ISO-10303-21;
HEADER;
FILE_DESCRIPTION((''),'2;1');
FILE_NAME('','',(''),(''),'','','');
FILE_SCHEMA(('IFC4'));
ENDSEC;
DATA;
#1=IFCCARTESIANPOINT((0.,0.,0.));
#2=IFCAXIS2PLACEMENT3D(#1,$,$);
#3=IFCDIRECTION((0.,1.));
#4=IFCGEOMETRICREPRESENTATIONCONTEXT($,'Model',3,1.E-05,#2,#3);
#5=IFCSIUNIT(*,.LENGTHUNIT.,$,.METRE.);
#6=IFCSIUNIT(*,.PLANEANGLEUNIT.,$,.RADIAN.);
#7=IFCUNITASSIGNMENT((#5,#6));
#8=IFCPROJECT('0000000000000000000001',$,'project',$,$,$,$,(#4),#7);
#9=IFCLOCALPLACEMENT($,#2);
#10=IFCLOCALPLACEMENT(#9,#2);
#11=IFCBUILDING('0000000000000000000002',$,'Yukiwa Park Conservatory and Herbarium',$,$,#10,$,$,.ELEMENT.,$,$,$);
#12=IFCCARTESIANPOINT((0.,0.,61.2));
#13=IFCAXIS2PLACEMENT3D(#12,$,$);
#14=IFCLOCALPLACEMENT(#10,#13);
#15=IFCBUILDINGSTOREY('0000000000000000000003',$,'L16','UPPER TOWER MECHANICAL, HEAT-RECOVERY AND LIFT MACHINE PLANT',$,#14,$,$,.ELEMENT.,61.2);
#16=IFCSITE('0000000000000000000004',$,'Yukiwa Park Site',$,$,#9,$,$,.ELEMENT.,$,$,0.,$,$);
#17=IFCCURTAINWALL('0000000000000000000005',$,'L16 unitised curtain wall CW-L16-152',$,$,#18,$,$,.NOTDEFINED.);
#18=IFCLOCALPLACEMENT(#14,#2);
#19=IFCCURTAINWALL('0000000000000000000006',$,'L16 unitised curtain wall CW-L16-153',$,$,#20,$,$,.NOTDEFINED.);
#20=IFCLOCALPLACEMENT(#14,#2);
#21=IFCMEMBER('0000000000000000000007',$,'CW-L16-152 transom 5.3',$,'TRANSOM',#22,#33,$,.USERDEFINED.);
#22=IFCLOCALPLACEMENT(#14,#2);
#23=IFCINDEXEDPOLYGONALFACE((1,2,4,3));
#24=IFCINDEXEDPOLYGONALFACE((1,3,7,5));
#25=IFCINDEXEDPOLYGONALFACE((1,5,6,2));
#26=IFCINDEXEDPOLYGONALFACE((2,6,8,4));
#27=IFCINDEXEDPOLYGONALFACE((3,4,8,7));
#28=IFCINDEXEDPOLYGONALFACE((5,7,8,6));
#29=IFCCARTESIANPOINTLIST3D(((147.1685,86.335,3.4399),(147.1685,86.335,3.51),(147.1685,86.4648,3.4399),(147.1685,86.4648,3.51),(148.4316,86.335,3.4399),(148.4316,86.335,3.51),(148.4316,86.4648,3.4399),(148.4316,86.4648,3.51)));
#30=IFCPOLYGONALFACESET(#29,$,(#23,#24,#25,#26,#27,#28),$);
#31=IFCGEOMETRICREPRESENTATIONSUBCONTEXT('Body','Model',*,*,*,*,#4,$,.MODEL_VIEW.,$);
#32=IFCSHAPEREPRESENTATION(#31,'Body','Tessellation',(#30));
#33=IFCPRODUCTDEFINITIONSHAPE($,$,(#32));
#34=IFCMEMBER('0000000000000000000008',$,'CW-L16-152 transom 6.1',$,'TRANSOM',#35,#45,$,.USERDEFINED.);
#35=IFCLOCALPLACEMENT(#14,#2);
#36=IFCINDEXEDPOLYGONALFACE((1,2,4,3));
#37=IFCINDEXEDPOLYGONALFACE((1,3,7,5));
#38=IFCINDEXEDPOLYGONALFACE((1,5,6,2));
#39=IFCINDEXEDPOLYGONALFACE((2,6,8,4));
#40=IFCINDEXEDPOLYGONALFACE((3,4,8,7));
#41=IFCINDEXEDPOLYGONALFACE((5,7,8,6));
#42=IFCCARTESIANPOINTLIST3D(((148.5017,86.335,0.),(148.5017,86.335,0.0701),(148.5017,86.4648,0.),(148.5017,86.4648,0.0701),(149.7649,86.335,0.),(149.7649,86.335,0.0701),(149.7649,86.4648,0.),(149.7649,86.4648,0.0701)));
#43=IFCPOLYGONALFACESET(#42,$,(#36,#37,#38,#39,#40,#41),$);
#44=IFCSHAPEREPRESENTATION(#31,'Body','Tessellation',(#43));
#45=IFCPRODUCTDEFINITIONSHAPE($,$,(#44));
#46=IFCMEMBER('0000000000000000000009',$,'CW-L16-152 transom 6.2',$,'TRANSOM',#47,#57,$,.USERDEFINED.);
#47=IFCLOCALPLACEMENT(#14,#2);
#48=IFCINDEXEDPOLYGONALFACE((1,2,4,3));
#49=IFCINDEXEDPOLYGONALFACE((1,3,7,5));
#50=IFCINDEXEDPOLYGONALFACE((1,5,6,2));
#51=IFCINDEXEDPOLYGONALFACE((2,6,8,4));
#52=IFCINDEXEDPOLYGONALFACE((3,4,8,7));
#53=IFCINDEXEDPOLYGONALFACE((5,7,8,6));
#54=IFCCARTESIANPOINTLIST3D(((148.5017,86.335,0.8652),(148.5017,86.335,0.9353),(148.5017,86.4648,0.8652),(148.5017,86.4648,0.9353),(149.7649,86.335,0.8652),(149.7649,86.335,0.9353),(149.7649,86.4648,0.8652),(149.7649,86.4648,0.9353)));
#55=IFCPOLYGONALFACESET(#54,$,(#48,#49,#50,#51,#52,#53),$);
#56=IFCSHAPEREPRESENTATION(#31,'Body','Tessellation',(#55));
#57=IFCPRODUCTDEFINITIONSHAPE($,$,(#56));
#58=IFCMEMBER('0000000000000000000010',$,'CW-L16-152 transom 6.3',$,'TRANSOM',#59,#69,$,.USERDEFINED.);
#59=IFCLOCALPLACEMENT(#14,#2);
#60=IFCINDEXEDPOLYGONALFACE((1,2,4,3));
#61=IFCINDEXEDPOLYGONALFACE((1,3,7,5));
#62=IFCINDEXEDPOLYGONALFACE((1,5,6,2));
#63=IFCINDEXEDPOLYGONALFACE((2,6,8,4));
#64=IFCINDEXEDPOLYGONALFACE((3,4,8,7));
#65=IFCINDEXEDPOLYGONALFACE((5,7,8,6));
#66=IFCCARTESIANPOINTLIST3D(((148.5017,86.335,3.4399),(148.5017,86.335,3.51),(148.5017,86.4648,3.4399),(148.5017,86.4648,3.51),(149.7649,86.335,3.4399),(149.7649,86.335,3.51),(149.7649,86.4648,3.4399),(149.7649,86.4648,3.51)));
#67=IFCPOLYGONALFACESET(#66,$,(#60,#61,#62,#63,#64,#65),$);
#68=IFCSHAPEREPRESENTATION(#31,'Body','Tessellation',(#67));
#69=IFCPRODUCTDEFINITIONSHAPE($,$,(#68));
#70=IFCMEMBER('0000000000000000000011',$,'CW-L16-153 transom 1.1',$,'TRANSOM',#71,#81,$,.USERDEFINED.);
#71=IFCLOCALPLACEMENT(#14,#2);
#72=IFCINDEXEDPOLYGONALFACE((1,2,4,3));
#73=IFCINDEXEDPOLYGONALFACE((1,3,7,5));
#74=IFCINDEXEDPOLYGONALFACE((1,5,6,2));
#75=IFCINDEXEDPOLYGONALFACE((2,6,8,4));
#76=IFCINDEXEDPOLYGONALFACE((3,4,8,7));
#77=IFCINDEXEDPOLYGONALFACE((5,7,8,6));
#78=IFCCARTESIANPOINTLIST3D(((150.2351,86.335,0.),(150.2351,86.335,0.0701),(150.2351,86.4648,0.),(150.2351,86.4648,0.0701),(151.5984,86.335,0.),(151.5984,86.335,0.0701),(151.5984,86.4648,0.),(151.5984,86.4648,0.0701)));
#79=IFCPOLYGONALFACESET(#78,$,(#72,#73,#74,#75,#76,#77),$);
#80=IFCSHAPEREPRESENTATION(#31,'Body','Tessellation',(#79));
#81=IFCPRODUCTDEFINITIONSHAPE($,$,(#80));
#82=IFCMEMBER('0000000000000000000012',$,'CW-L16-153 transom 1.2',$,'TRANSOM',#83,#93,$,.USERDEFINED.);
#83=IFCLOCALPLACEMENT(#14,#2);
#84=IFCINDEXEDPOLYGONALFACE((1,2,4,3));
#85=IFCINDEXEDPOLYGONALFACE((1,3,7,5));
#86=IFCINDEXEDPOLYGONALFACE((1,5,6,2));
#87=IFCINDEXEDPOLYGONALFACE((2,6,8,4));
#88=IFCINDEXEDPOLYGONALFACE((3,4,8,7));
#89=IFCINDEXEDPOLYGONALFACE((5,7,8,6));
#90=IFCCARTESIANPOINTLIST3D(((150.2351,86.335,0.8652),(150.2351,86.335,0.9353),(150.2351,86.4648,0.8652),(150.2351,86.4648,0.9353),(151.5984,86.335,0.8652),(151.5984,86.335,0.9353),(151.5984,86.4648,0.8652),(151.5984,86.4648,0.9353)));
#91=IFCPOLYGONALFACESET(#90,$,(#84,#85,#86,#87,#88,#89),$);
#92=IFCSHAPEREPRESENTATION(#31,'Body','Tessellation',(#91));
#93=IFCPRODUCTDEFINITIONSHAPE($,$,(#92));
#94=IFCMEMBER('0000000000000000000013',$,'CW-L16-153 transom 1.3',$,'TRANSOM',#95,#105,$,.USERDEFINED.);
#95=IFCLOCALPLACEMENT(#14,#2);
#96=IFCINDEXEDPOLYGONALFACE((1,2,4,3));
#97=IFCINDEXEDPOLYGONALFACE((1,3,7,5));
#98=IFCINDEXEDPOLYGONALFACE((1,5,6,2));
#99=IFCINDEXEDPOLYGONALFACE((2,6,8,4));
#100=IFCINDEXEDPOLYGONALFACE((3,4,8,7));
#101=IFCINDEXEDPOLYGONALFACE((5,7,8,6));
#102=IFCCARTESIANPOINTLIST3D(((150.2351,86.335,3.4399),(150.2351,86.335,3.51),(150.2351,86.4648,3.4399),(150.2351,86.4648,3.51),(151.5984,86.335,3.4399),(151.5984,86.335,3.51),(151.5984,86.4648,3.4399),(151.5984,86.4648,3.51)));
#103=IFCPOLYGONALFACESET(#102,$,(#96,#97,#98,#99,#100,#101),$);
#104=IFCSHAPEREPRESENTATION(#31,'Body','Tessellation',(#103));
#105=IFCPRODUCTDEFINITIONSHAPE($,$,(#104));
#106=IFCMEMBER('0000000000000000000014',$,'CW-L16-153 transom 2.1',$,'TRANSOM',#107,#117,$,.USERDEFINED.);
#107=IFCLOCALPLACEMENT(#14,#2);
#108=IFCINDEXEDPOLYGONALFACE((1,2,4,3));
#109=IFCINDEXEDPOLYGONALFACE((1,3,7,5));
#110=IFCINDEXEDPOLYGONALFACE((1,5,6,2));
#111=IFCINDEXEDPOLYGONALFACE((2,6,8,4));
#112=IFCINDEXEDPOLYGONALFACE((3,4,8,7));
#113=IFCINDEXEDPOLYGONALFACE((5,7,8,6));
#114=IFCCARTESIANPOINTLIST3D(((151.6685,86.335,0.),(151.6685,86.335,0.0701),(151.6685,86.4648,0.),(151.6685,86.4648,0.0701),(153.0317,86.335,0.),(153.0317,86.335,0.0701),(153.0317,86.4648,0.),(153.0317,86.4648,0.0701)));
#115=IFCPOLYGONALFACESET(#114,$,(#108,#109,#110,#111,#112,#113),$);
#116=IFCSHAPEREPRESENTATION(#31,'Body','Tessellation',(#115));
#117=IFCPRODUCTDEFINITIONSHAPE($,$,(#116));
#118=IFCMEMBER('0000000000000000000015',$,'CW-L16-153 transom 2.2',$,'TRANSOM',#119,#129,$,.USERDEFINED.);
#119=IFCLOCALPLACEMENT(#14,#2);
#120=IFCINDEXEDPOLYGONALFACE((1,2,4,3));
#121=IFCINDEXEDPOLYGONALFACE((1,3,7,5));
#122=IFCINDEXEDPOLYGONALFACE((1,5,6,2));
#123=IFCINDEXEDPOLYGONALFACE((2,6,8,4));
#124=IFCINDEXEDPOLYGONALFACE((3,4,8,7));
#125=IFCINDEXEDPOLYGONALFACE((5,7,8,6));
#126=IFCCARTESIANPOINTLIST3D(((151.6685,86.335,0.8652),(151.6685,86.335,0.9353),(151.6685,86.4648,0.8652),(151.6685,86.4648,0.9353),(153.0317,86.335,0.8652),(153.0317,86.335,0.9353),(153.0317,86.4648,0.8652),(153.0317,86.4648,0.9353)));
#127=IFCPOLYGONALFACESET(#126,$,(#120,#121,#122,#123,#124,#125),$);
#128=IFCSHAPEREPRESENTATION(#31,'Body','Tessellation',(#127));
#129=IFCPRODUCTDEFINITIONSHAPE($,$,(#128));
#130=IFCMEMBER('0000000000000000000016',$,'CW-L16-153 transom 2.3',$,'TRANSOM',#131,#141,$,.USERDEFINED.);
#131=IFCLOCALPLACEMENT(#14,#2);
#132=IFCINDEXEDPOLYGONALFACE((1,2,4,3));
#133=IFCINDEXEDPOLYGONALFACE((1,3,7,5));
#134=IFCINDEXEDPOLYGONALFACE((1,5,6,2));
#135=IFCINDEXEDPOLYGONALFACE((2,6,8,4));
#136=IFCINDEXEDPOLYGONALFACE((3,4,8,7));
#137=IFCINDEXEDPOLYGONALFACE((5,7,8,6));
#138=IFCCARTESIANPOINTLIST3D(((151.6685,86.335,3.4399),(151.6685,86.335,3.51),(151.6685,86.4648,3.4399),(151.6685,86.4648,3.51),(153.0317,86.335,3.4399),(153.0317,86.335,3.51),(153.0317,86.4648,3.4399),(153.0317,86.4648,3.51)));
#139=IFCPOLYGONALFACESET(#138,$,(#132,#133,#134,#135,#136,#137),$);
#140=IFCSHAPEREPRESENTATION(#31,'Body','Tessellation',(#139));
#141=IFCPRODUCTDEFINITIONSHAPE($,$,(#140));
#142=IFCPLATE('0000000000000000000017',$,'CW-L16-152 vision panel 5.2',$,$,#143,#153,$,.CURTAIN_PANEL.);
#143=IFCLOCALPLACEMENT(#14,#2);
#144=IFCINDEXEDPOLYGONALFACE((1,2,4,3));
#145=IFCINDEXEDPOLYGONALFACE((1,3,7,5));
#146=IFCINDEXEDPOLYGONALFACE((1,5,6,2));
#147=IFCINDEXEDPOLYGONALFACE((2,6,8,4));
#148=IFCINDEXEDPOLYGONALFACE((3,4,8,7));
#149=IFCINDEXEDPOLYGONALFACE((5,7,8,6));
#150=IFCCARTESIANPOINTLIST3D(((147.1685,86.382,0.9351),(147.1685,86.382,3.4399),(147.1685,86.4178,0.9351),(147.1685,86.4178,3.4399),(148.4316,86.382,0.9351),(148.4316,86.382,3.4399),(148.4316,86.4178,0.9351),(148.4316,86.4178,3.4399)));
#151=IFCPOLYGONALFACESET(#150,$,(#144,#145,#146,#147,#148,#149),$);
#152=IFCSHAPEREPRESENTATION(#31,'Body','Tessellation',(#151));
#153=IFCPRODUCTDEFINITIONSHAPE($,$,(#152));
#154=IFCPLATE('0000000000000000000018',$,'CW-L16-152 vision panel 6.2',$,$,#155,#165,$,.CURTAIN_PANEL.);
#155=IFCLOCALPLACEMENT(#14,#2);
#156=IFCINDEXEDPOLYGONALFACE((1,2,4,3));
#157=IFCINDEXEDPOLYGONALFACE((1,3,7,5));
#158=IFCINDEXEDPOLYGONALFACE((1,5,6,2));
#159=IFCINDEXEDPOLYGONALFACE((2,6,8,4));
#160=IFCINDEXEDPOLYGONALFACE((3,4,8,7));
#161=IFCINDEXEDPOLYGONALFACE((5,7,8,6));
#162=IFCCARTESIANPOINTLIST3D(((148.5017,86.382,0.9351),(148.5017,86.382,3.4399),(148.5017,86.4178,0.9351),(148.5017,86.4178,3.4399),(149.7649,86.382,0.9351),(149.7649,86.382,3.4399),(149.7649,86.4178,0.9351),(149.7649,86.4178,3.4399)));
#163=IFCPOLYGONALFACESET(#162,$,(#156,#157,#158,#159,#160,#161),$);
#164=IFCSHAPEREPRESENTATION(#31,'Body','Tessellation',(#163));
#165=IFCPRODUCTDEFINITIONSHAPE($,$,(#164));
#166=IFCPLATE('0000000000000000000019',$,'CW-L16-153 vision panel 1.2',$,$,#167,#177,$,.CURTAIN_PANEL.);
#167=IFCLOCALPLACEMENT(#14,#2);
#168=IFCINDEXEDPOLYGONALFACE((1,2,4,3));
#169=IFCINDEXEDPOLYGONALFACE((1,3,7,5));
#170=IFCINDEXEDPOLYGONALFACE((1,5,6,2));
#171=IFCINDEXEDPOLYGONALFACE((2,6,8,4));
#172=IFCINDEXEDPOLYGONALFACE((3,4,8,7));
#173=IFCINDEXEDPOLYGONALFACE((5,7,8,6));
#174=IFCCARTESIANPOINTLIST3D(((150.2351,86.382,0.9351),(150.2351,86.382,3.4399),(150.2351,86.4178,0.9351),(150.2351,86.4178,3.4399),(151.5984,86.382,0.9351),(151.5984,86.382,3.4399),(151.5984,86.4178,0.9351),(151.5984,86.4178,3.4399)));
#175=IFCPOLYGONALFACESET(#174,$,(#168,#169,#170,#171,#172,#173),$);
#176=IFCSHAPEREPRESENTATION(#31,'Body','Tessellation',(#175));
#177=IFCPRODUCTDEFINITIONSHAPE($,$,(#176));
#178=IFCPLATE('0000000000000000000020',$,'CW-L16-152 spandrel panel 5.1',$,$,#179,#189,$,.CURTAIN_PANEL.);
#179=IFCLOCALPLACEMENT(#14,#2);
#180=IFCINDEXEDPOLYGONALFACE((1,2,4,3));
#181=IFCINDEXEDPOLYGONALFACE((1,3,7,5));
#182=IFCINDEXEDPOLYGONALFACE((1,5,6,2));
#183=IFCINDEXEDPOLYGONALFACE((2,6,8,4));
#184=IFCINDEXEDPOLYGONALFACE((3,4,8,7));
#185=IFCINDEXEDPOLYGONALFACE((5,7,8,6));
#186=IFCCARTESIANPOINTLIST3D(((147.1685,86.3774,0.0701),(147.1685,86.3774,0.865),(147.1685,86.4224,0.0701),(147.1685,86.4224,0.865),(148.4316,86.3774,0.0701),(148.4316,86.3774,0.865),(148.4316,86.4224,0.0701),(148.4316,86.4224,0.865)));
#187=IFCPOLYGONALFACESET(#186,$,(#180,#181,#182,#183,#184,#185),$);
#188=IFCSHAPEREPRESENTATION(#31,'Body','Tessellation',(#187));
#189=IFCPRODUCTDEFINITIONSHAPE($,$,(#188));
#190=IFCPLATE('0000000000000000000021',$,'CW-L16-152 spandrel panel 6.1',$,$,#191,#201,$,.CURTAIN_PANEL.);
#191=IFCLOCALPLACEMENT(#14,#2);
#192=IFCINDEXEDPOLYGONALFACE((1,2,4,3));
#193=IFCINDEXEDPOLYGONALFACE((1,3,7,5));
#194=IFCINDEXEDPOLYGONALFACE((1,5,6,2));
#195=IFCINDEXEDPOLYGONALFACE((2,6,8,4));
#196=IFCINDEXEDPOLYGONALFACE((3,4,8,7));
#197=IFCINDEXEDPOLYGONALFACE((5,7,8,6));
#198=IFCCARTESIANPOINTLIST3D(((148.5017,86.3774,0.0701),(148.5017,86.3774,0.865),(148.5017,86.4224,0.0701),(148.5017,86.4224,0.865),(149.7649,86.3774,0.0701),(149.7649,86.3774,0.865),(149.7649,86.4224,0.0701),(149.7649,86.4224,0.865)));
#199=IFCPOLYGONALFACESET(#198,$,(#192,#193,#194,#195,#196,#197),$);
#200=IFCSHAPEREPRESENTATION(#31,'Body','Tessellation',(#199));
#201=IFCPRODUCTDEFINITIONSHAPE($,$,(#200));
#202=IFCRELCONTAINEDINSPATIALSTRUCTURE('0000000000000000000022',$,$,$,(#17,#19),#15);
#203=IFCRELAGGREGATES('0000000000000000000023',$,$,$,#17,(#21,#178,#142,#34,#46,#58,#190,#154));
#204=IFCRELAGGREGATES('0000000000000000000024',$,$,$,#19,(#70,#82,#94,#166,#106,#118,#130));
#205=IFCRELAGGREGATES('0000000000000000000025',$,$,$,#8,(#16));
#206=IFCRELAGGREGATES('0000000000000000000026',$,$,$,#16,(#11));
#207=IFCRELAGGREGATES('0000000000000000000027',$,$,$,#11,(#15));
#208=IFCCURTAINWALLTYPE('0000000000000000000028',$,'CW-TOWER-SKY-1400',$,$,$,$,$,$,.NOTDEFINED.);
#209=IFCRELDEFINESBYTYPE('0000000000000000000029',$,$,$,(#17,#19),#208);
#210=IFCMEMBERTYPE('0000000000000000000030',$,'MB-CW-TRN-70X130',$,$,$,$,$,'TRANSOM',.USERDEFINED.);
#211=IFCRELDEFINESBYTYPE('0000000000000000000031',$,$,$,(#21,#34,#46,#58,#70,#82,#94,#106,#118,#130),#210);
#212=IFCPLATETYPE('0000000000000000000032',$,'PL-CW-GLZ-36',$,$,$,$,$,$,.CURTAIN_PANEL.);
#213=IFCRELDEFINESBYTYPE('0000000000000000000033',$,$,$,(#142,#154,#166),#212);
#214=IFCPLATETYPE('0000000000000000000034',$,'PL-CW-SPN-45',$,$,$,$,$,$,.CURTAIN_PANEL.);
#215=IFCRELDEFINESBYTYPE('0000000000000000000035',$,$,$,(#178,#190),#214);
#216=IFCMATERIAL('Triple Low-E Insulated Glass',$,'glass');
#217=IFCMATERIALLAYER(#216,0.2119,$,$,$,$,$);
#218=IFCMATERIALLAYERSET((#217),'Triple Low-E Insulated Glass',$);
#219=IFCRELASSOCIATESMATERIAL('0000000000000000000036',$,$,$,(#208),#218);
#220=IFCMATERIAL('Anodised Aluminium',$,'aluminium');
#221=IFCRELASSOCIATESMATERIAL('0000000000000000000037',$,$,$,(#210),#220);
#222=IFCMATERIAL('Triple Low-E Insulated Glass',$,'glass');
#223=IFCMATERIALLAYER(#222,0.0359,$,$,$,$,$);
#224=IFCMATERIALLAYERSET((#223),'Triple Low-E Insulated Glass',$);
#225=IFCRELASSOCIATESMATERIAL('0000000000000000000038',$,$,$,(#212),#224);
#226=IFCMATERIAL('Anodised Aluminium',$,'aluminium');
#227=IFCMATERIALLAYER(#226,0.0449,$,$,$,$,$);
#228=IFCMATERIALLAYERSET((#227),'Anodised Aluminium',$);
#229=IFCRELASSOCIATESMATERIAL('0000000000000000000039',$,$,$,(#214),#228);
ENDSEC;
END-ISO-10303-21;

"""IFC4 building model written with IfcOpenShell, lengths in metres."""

from ifc_helpers import new_model, si_unit, direction, frame, origin, origin_2d, place, context, subcontext, project, spatial, rectangle, extrude, material, layer, layer_set, type_object, element, aggregate, save


model = new_model("IFC4")

# Units and contexts
model_context = context("Model", 3, precision=1e-05, world=origin(), true_north=direction((0.0, 1.0)))
body_context = subcontext(model_context, "Body", "Model", "MODEL_VIEW")
ifc_project = project(units=[si_unit("LENGTHUNIT", "METRE"), si_unit("PLANEANGLEUNIT", "RADIAN")], contexts=[model_context])

# Site, building, storey
site_placement = place(None, origin())
site = spatial("IfcSite", under=ifc_project, at=site_placement, Name="Yukiwa Park Site", CompositionType="ELEMENT", RefElevation=0.0)
building_placement = place(site_placement, origin())
building = spatial("IfcBuilding", under=site, at=building_placement, Name="Yukiwa Park Conservatory and Herbarium", CompositionType="ELEMENT")
storey_placement = place(building_placement, frame((0.0, 0.0, 61.2)))
storey = spatial("IfcBuildingStorey", under=building, at=storey_placement, Name="L16", Description="UPPER TOWER MECHANICAL, HEAT-RECOVERY AND LIFT MACHINE PLANT", CompositionType="ELEMENT", Elevation=61.2)

# Curtain walls
ifc_material_1 = material(Name="Triple Low-E Insulated Glass", Category="glass")
ifc_layer_1 = layer(ifc_material_1, 0.2119)
ifc_layer_set_1 = layer_set([ifc_layer_1], Name="Triple Low-E Insulated Glass")
curtain_wall_type = type_object("IfcCurtainWallType", Name="CW-TOWER-SKY-1400", PredefinedType="NOTDEFINED", material=ifc_layer_set_1)
curtain_wall_1_placement = place(storey_placement, origin())
curtain_wall_1 = element("IfcCurtainWall", 1, at=curtain_wall_1_placement, inside=storey, type_object=curtain_wall_type, Name="L16 unitised curtain wall CW-L16-152", PredefinedType="NOTDEFINED")
curtain_wall_2_placement = place(storey_placement, origin())
curtain_wall_2 = element("IfcCurtainWall", 2, at=curtain_wall_2_placement, inside=storey, type_object=curtain_wall_type, Name="L16 unitised curtain wall CW-L16-153", PredefinedType="NOTDEFINED")

# Members
ifc_material_2 = material(Name="Anodised Aluminium", Category="aluminium")
member_type_1 = type_object("IfcMemberType", Name="MB-CW-TRN-70X130", ElementType="TRANSOM", PredefinedType="USERDEFINED", material=ifc_material_2)
member_1_placement = place(storey_placement, frame((147.8, 86.3999, 3.4399), z_axis=(0.0, 0.0, 1.0), x_axis=(1.0, 0.0, 0.0)))
member_1 = element("IfcMember", 3, at=member_1_placement, type_object=member_type_1, Name="CW-L16-152 transom 5.3", ObjectType="TRANSOM", PredefinedType="USERDEFINED", context=body_context, shape_type="SweptSolid", body=[
    extrude(rectangle(XDim=1.2632, YDim=0.1299, at=origin_2d()), origin(), (0.0, 0.0, 1.0), 0.0701),
])
member_2_placement = place(storey_placement, frame((149.1333, 86.3999, 0.0), z_axis=(0.0, 0.0, 1.0), x_axis=(1.0, 0.0, 0.0)))
member_2 = element("IfcMember", 4, at=member_2_placement, type_object=member_type_1, Name="CW-L16-152 transom 6.1", ObjectType="TRANSOM", PredefinedType="USERDEFINED", context=body_context, shape_type="SweptSolid", body=[
    extrude(rectangle(XDim=1.2632, YDim=0.1299, at=origin_2d()), origin(), (0.0, 0.0, 1.0), 0.0701),
])
member_3_placement = place(storey_placement, frame((149.1333, 86.3999, 0.8652), z_axis=(0.0, 0.0, 1.0), x_axis=(1.0, 0.0, 0.0)))
member_3 = element("IfcMember", 5, at=member_3_placement, type_object=member_type_1, Name="CW-L16-152 transom 6.2", ObjectType="TRANSOM", PredefinedType="USERDEFINED", context=body_context, shape_type="SweptSolid", body=[
    extrude(rectangle(XDim=1.2632, YDim=0.1299, at=origin_2d()), origin(), (0.0, 0.0, 1.0), 0.0701),
])
member_4_placement = place(storey_placement, frame((149.1333, 86.3999, 3.4399), z_axis=(0.0, 0.0, 1.0), x_axis=(1.0, 0.0, 0.0)))
member_4 = element("IfcMember", 6, at=member_4_placement, type_object=member_type_1, Name="CW-L16-152 transom 6.3", ObjectType="TRANSOM", PredefinedType="USERDEFINED", context=body_context, shape_type="SweptSolid", body=[
    extrude(rectangle(XDim=1.2632, YDim=0.1299, at=origin_2d()), origin(), (0.0, 0.0, 1.0), 0.0701),
])
member_5_placement = place(storey_placement, frame((150.9167, 86.3999, 0.0), z_axis=(0.0, 0.0, 1.0), x_axis=(1.0, 0.0, 0.0)))
member_5 = element("IfcMember", 7, at=member_5_placement, type_object=member_type_1, Name="CW-L16-153 transom 1.1", ObjectType="TRANSOM", PredefinedType="USERDEFINED", context=body_context, shape_type="SweptSolid", body=[
    extrude(rectangle(XDim=1.3633, YDim=0.1299, at=origin_2d()), origin(), (0.0, 0.0, 1.0), 0.0701),
])
member_6_placement = place(storey_placement, frame((150.9167, 86.3999, 0.8652), z_axis=(0.0, 0.0, 1.0), x_axis=(1.0, 0.0, 0.0)))
member_6 = element("IfcMember", 8, at=member_6_placement, type_object=member_type_1, Name="CW-L16-153 transom 1.2", ObjectType="TRANSOM", PredefinedType="USERDEFINED", context=body_context, shape_type="SweptSolid", body=[
    extrude(rectangle(XDim=1.3633, YDim=0.1299, at=origin_2d()), origin(), (0.0, 0.0, 1.0), 0.0701),
])
member_7_placement = place(storey_placement, frame((150.9167, 86.3999, 3.4399), z_axis=(0.0, 0.0, 1.0), x_axis=(1.0, 0.0, 0.0)))
member_7 = element("IfcMember", 9, at=member_7_placement, type_object=member_type_1, Name="CW-L16-153 transom 1.3", ObjectType="TRANSOM", PredefinedType="USERDEFINED", context=body_context, shape_type="SweptSolid", body=[
    extrude(rectangle(XDim=1.3633, YDim=0.1299, at=origin_2d()), origin(), (0.0, 0.0, 1.0), 0.0701),
])
member_8_placement = place(storey_placement, frame((152.3501, 86.3999, 0.0), z_axis=(0.0, 0.0, 1.0), x_axis=(1.0, 0.0, 0.0)))
member_8 = element("IfcMember", 10, at=member_8_placement, type_object=member_type_1, Name="CW-L16-153 transom 2.1", ObjectType="TRANSOM", PredefinedType="USERDEFINED", context=body_context, shape_type="SweptSolid", body=[
    extrude(rectangle(XDim=1.3633, YDim=0.1299, at=origin_2d()), origin(), (0.0, 0.0, 1.0), 0.0701),
])
member_9_placement = place(storey_placement, frame((152.3501, 86.3999, 0.8652), z_axis=(0.0, 0.0, 1.0), x_axis=(1.0, 0.0, 0.0)))
member_9 = element("IfcMember", 11, at=member_9_placement, type_object=member_type_1, Name="CW-L16-153 transom 2.2", ObjectType="TRANSOM", PredefinedType="USERDEFINED", context=body_context, shape_type="SweptSolid", body=[
    extrude(rectangle(XDim=1.3633, YDim=0.1299, at=origin_2d()), origin(), (0.0, 0.0, 1.0), 0.0701),
])
member_10_placement = place(storey_placement, frame((152.3501, 86.3999, 3.4399), z_axis=(0.0, 0.0, 1.0), x_axis=(1.0, 0.0, 0.0)))
member_10 = element("IfcMember", 12, at=member_10_placement, type_object=member_type_1, Name="CW-L16-153 transom 2.3", ObjectType="TRANSOM", PredefinedType="USERDEFINED", context=body_context, shape_type="SweptSolid", body=[
    extrude(rectangle(XDim=1.3633, YDim=0.1299, at=origin_2d()), origin(), (0.0, 0.0, 1.0), 0.0701),
])

# Plates
ifc_material_3 = material(Name="Triple Low-E Insulated Glass", Category="glass")
ifc_layer_2 = layer(ifc_material_3, 0.0359)
ifc_layer_set_2 = layer_set([ifc_layer_2], Name="Triple Low-E Insulated Glass")
plate_type_1 = type_object("IfcPlateType", Name="PL-CW-GLZ-36", PredefinedType="CURTAIN_PANEL", material=ifc_layer_set_2)
plate_1_placement = place(storey_placement, frame((147.8, 86.3999, 0.9351), z_axis=(0.0, 0.0, 1.0), x_axis=(1.0, 0.0, 0.0)))
plate_1 = element("IfcPlate", 13, at=plate_1_placement, type_object=plate_type_1, Name="CW-L16-152 vision panel 5.2", PredefinedType="CURTAIN_PANEL", context=body_context, shape_type="SweptSolid", body=[
    extrude(rectangle(XDim=1.2632, YDim=0.0359, at=origin_2d()), origin(), (0.0, 0.0, 1.0), 2.5049),
])
plate_2_placement = place(storey_placement, frame((149.1333, 86.3999, 0.9351), z_axis=(0.0, 0.0, 1.0), x_axis=(1.0, 0.0, 0.0)))
plate_2 = element("IfcPlate", 14, at=plate_2_placement, type_object=plate_type_1, Name="CW-L16-152 vision panel 6.2", PredefinedType="CURTAIN_PANEL", context=body_context, shape_type="SweptSolid", body=[
    extrude(rectangle(XDim=1.2632, YDim=0.0359, at=origin_2d()), origin(), (0.0, 0.0, 1.0), 2.5049),
])
plate_3_placement = place(storey_placement, frame((150.9167, 86.3999, 0.9351), z_axis=(0.0, 0.0, 1.0), x_axis=(1.0, 0.0, 0.0)))
plate_3 = element("IfcPlate", 15, at=plate_3_placement, type_object=plate_type_1, Name="CW-L16-153 vision panel 1.2", PredefinedType="CURTAIN_PANEL", context=body_context, shape_type="SweptSolid", body=[
    extrude(rectangle(XDim=1.3633, YDim=0.0359, at=origin_2d()), origin(), (0.0, 0.0, 1.0), 2.5049),
])
ifc_material_4 = material(Name="Anodised Aluminium", Category="aluminium")
ifc_layer_3 = layer(ifc_material_4, 0.0449)
ifc_layer_set_3 = layer_set([ifc_layer_3], Name="Anodised Aluminium")
plate_type_2 = type_object("IfcPlateType", Name="PL-CW-SPN-45", PredefinedType="CURTAIN_PANEL", material=ifc_layer_set_3)
plate_4_placement = place(storey_placement, frame((147.8, 86.3999, 0.0701), z_axis=(0.0, 0.0, 1.0), x_axis=(1.0, 0.0, 0.0)))
plate_4 = element("IfcPlate", 16, at=plate_4_placement, type_object=plate_type_2, Name="CW-L16-152 spandrel panel 5.1", PredefinedType="CURTAIN_PANEL", context=body_context, shape_type="SweptSolid", body=[
    extrude(rectangle(XDim=1.2632, YDim=0.0449, at=origin_2d()), origin(), (0.0, 0.0, 1.0), 0.7949),
])
plate_5_placement = place(storey_placement, frame((149.1333, 86.3999, 0.0701), z_axis=(0.0, 0.0, 1.0), x_axis=(1.0, 0.0, 0.0)))
plate_5 = element("IfcPlate", 17, at=plate_5_placement, type_object=plate_type_2, Name="CW-L16-152 spandrel panel 6.1", PredefinedType="CURTAIN_PANEL", context=body_context, shape_type="SweptSolid", body=[
    extrude(rectangle(XDim=1.2632, YDim=0.0449, at=origin_2d()), origin(), (0.0, 0.0, 1.0), 0.7949),
])
aggregate(curtain_wall_1, [member_1, plate_4, plate_1, member_2, member_3, member_4, plate_5, plate_2])
aggregate(curtain_wall_2, [member_5, member_6, member_7, plate_3, member_8, member_9, member_10])

save(model, "model.ifc")
